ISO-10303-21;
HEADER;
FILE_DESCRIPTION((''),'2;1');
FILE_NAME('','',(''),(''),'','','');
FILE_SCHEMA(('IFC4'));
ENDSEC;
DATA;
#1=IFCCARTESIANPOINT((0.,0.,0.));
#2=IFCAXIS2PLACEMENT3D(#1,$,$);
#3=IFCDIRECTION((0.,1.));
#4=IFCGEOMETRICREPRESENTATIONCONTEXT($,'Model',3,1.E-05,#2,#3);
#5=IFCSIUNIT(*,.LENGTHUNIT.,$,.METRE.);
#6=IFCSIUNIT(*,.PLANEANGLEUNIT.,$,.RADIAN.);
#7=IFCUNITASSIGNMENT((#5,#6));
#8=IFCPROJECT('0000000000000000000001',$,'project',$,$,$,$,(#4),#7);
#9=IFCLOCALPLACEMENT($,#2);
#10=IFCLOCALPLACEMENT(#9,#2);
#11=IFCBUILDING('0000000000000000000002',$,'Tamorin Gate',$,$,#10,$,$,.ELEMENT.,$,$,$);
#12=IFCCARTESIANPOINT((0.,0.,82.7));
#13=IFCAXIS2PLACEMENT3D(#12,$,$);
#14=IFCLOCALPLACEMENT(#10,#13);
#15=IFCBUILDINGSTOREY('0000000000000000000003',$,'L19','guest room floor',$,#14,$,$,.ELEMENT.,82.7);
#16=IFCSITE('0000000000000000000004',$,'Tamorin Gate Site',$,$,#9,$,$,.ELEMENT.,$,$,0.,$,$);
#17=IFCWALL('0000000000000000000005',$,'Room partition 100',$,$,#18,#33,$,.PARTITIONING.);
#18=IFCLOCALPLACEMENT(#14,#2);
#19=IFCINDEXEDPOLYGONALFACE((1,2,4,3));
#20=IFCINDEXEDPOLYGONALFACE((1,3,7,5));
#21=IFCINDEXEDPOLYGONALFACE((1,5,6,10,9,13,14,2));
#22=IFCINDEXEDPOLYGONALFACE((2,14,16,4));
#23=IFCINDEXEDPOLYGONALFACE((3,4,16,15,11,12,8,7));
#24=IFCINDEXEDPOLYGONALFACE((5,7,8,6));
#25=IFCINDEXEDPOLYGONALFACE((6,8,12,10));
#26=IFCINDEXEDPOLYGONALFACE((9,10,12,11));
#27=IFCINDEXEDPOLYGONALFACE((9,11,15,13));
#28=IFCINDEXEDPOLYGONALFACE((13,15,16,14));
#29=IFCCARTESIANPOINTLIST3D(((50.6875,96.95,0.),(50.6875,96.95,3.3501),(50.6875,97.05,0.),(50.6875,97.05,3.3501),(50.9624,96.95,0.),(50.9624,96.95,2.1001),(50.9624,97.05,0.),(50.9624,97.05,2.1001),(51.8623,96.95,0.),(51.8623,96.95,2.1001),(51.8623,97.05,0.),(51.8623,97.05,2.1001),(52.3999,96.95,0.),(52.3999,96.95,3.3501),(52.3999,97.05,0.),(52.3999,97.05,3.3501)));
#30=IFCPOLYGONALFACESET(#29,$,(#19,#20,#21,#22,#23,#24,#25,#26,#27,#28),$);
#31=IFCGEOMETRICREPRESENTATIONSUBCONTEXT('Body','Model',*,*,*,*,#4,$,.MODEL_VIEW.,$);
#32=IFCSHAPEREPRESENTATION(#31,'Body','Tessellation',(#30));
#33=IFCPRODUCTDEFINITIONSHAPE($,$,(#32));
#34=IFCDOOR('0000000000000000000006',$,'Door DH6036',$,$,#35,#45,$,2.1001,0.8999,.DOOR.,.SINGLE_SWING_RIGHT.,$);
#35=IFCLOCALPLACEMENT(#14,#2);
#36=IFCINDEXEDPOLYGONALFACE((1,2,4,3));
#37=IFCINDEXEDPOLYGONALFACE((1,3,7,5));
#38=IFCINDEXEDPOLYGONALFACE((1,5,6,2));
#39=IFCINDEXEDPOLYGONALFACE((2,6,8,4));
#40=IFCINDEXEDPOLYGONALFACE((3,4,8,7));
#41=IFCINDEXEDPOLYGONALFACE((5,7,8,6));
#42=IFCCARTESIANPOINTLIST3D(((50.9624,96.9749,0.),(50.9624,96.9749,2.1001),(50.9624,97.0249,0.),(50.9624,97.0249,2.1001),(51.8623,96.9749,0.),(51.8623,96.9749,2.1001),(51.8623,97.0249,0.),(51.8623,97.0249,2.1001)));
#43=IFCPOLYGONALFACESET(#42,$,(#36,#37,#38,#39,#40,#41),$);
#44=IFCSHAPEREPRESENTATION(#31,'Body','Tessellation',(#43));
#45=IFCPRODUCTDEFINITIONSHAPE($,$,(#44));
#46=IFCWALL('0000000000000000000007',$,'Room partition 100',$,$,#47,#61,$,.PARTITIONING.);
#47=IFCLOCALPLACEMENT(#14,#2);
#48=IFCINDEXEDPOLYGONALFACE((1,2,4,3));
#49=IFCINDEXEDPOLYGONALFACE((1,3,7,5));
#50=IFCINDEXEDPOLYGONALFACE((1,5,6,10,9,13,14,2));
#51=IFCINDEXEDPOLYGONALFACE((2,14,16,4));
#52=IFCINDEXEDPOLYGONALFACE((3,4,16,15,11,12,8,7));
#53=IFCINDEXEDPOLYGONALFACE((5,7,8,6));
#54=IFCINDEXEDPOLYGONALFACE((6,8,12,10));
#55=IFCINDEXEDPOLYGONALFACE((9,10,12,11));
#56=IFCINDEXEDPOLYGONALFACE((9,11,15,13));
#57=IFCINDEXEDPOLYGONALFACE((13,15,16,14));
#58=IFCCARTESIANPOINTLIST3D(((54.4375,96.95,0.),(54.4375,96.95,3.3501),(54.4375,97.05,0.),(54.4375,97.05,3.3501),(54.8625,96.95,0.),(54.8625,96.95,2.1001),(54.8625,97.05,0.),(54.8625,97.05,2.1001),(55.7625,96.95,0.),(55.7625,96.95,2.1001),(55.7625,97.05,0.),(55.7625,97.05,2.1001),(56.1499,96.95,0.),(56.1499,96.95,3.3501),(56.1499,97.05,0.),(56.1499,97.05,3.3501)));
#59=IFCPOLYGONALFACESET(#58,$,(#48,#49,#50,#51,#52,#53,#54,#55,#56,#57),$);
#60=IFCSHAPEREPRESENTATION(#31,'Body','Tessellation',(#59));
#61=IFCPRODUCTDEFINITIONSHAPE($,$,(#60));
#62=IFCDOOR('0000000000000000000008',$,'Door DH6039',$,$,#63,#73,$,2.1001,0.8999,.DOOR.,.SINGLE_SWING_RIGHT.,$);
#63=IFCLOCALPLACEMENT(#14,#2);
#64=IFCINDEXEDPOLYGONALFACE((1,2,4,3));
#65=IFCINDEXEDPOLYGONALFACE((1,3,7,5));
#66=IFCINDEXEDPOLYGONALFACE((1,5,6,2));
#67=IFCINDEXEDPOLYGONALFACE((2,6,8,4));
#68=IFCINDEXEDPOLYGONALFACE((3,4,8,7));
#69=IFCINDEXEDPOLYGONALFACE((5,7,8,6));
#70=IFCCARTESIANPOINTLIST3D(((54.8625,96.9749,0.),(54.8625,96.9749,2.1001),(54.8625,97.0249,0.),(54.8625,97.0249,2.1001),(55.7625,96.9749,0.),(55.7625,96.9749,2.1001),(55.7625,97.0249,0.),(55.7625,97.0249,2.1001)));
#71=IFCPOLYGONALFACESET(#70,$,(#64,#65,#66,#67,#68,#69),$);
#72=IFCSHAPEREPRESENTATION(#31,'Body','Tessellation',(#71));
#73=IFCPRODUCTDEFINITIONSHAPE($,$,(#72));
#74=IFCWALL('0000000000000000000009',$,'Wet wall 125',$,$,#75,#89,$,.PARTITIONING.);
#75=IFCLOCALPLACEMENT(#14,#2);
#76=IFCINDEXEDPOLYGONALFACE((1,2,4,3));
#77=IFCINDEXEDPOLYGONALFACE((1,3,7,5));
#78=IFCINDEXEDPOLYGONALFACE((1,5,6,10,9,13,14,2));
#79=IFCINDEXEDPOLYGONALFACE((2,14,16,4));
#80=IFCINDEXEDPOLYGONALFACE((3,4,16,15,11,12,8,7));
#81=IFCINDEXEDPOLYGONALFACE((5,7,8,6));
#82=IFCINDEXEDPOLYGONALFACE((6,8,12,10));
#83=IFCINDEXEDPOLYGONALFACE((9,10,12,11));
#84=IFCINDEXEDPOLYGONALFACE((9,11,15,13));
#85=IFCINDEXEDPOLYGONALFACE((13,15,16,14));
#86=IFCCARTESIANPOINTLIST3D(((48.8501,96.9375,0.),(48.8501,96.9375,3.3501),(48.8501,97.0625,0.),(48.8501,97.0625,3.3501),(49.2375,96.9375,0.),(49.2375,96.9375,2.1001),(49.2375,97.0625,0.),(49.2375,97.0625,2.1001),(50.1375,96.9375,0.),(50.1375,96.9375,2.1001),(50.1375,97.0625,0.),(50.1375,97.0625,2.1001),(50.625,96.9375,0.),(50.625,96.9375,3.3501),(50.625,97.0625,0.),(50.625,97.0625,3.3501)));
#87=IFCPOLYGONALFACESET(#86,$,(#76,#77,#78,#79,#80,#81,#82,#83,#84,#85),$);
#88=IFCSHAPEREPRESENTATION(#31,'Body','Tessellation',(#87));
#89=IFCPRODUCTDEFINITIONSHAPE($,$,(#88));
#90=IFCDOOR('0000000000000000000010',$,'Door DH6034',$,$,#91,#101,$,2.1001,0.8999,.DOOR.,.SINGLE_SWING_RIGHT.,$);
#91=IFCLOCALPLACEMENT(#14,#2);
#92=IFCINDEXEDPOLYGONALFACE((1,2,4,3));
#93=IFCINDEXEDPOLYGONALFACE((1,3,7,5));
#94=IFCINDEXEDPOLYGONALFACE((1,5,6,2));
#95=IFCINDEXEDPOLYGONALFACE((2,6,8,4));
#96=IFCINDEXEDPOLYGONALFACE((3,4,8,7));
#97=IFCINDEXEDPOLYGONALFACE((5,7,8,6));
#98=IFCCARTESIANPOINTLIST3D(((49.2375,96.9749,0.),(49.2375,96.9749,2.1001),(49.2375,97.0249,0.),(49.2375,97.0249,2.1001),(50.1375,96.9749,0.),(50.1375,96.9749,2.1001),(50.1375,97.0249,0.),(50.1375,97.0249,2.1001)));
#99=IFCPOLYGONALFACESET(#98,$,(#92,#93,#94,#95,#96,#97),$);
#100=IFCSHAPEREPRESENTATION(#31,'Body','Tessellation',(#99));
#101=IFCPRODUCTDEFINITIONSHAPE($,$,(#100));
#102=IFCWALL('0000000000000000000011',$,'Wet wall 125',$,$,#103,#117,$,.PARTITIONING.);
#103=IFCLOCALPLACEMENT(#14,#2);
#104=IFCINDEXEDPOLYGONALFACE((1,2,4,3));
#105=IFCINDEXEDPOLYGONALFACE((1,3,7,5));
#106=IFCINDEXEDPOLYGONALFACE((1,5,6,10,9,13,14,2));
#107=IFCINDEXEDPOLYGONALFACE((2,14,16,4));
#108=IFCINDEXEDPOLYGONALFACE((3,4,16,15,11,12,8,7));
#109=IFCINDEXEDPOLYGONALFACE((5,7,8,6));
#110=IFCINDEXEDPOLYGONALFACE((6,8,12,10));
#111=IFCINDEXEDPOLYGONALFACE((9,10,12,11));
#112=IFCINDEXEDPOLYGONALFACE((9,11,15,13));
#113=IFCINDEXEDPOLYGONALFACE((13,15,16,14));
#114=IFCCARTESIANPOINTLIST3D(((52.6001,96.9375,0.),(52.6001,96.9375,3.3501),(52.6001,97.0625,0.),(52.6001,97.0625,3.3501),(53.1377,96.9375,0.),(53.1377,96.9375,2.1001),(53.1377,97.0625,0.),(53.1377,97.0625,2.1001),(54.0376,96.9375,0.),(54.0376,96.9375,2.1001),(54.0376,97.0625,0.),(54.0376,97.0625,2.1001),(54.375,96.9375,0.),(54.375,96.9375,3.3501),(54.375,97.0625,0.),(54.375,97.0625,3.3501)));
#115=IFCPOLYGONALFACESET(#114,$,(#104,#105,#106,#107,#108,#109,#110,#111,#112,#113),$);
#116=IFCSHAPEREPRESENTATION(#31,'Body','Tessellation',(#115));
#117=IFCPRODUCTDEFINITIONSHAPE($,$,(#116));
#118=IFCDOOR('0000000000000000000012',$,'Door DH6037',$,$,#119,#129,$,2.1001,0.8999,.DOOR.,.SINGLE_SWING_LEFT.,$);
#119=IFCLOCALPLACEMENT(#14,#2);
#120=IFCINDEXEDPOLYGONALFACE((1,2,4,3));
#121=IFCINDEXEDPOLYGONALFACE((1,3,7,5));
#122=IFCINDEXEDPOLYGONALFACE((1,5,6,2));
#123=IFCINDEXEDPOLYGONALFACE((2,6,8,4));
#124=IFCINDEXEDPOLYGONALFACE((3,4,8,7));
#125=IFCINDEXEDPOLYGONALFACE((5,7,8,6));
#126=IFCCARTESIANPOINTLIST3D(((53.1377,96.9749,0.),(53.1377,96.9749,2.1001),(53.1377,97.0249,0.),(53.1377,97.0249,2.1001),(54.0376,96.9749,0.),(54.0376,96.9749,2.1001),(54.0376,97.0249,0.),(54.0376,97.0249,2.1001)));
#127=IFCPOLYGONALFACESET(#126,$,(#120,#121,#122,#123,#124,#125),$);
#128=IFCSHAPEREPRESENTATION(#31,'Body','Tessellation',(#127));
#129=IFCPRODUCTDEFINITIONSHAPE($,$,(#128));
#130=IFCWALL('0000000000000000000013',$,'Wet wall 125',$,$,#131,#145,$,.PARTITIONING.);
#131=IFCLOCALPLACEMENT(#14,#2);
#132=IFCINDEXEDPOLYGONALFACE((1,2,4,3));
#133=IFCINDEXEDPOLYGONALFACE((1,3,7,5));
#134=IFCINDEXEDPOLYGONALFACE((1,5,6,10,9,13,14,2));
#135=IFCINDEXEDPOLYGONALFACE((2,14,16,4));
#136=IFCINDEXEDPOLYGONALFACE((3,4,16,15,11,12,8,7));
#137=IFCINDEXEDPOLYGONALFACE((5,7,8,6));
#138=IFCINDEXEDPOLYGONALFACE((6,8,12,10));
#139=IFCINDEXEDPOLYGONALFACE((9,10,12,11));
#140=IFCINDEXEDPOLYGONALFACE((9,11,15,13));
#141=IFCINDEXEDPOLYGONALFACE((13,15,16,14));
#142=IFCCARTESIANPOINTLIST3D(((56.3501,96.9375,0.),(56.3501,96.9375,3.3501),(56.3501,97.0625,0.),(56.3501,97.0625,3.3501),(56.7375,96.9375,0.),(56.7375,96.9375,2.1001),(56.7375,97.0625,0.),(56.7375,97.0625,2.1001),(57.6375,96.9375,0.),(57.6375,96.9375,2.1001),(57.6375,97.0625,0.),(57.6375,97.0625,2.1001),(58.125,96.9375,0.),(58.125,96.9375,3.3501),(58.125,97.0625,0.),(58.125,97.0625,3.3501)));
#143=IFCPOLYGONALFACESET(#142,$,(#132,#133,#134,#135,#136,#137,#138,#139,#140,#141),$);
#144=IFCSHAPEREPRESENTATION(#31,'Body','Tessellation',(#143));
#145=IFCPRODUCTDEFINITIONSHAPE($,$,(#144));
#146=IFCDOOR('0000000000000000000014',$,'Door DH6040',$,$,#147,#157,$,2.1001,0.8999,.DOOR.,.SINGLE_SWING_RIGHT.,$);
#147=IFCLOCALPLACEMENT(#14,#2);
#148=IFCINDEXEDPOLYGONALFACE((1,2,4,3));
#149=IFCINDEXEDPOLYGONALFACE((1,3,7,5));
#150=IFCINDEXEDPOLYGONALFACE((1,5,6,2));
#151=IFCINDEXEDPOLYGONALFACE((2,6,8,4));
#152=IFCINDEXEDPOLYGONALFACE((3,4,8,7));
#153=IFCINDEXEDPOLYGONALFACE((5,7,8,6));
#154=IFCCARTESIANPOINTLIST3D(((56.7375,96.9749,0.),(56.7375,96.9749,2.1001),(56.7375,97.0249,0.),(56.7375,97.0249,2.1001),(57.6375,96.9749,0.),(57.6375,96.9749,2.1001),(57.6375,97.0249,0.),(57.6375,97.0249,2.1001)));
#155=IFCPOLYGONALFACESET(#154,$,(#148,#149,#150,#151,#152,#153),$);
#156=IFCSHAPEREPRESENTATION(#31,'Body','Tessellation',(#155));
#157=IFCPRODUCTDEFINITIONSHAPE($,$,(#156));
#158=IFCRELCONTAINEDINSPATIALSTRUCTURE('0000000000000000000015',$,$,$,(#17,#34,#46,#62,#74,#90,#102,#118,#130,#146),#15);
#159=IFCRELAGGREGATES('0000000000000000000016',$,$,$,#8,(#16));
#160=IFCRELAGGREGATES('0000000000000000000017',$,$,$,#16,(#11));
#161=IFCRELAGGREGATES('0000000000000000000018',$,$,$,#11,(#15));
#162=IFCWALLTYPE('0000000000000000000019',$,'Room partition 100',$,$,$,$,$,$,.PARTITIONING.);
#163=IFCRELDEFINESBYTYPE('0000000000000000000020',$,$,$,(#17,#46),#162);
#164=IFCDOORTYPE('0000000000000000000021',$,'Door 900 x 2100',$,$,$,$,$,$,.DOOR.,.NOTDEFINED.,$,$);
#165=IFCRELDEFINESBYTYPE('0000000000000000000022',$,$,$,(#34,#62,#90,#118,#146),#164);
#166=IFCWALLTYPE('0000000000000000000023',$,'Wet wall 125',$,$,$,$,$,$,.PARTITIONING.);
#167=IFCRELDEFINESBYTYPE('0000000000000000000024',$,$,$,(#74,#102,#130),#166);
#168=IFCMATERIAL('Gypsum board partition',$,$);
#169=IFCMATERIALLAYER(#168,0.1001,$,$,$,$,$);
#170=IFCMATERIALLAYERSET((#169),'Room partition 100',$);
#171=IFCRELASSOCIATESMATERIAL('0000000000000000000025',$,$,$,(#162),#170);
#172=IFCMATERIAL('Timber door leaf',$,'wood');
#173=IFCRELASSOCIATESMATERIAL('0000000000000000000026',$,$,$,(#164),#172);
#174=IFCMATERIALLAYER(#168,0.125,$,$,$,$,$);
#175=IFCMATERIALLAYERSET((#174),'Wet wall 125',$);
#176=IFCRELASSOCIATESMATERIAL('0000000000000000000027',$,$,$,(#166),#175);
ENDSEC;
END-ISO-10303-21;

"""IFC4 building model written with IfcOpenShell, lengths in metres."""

from ifc_helpers import new_model, si_unit, direction, frame, frame_2d, origin, place, context, subcontext, project, spatial, rectangle, extrude, material, layer, layer_set, type_object, element, fill, save


model = new_model("IFC4")

# Units and contexts
model_context = context("Model", 3, precision=1e-05, world=origin(), true_north=direction((0.0, 1.0)))
body_context = subcontext(model_context, "Body", "Model", "MODEL_VIEW")
ifc_project = project(units=[si_unit("LENGTHUNIT", "METRE"), si_unit("PLANEANGLEUNIT", "RADIAN")], contexts=[model_context])

# Site, building, storey
site_placement = place(None, origin())
site = spatial("IfcSite", under=ifc_project, at=site_placement, Name="Tamorin Gate Site", CompositionType="ELEMENT", RefElevation=0.0)
building_placement = place(site_placement, origin())
building = spatial("IfcBuilding", under=site, at=building_placement, Name="Tamorin Gate", CompositionType="ELEMENT")
storey_placement = place(building_placement, frame((0.0, 0.0, 82.7)))
storey = spatial("IfcBuildingStorey", under=building, at=storey_placement, Name="L19", Description="guest room floor", CompositionType="ELEMENT", Elevation=82.7)

# Walls, openings, doors
ifc_material_1 = material(Name="Gypsum board partition")
ifc_layer_1 = layer(ifc_material_1, 0.1001)
ifc_layer_set_1 = layer_set([ifc_layer_1], Name="Room partition 100")
wall_type_1 = type_object("IfcWallType", Name="Room partition 100", PredefinedType="PARTITIONING", material=ifc_layer_set_1)
wall_1_placement = place(storey_placement, frame((50.6875, 97.0, 0.0), z_axis=(0.0, 0.0, 1.0), x_axis=(1.0, 0.0, 0.0)))
wall_1 = element("IfcWall", 1, at=wall_1_placement, inside=storey, type_object=wall_type_1, Name="Room partition 100", PredefinedType="PARTITIONING", context=body_context, shape_type="SweptSolid", body=[
    extrude(rectangle(XDim=1.7124, YDim=0.1001, at=frame_2d((0.8562, 0.0))), origin(), (0.0, 0.0, 1.0), 3.3501),
])
opening_1_placement = place(wall_1_placement, frame((0.2749, 0.0, 0.0)))
opening_1 = element("IfcOpeningElement", 2, at=opening_1_placement, cuts=wall_1, PredefinedType="OPENING", context=body_context, shape_type="SweptSolid", body=[
    extrude(rectangle(XDim=0.8999, YDim=2.1001, at=frame_2d((0.45, 1.05))), frame((0.0, 0.0601, 0.0), z_axis=(0.0, -1.0, 0.0), x_axis=(1.0, 0.0, 0.0)), (0.0, 0.0, 1.0), 0.1201),
])
ifc_material_2 = material(Name="Timber door leaf", Category="wood")
door_type = type_object("IfcDoorType", Name="Door 900 x 2100", OperationType="NOTDEFINED", PredefinedType="DOOR", material=ifc_material_2)
door_1_placement = place(opening_1_placement, origin())
door_1 = element("IfcDoor", 3, at=door_1_placement, inside=storey, type_object=door_type, Name="Door DH6036", OperationType="SINGLE_SWING_RIGHT", OverallHeight=2.1001, OverallWidth=0.8999, PredefinedType="DOOR", context=body_context, shape_type="SweptSolid", body=[
    extrude(rectangle(XDim=0.8999, YDim=2.1001, at=frame_2d((0.45, 1.05))), frame((0.0, 0.0249, 0.0), z_axis=(0.0, -1.0, 0.0), x_axis=(1.0, 0.0, 0.0)), (0.0, 0.0, 1.0), 0.05),
])
fill(opening_1, door_1)
wall_2_placement = place(storey_placement, frame((54.4375, 97.0, 0.0), z_axis=(0.0, 0.0, 1.0), x_axis=(1.0, 0.0, 0.0)))
wall_2 = element("IfcWall", 4, at=wall_2_placement, inside=storey, type_object=wall_type_1, Name="Room partition 100", PredefinedType="PARTITIONING", context=body_context, shape_type="SweptSolid", body=[
    extrude(rectangle(XDim=1.7124, YDim=0.1001, at=frame_2d((0.8562, 0.0))), origin(), (0.0, 0.0, 1.0), 3.3501),
])
opening_2_placement = place(wall_2_placement, frame((0.425, 0.0, 0.0)))
opening_2 = element("IfcOpeningElement", 5, at=opening_2_placement, cuts=wall_2, PredefinedType="OPENING", context=body_context, shape_type="SweptSolid", body=[
    extrude(rectangle(XDim=0.8999, YDim=2.1001, at=frame_2d((0.45, 1.05))), frame((0.0, 0.0601, 0.0), z_axis=(0.0, -1.0, 0.0), x_axis=(1.0, 0.0, 0.0)), (0.0, 0.0, 1.0), 0.1201),
])
door_2_placement = place(opening_2_placement, origin())
door_2 = element("IfcDoor", 6, at=door_2_placement, inside=storey, type_object=door_type, Name="Door DH6039", OperationType="SINGLE_SWING_RIGHT", OverallHeight=2.1001, OverallWidth=0.8999, PredefinedType="DOOR", context=body_context, shape_type="SweptSolid", body=[
    extrude(rectangle(XDim=0.8999, YDim=2.1001, at=frame_2d((0.45, 1.05))), frame((0.0, 0.0249, 0.0), z_axis=(0.0, -1.0, 0.0), x_axis=(1.0, 0.0, 0.0)), (0.0, 0.0, 1.0), 0.05),
])
fill(opening_2, door_2)
ifc_layer_2 = layer(ifc_material_1, 0.125)
ifc_layer_set_2 = layer_set([ifc_layer_2], Name="Wet wall 125")
wall_type_2 = type_object("IfcWallType", Name="Wet wall 125", PredefinedType="PARTITIONING", material=ifc_layer_set_2)
wall_3_placement = place(storey_placement, frame((48.8501, 97.0, 0.0), z_axis=(0.0, 0.0, 1.0), x_axis=(1.0, 0.0, 0.0)))
wall_3 = element("IfcWall", 7, at=wall_3_placement, inside=storey, type_object=wall_type_2, Name="Wet wall 125", PredefinedType="PARTITIONING", context=body_context, shape_type="SweptSolid", body=[
    extrude(rectangle(XDim=1.7749, YDim=0.125, at=frame_2d((0.8875, 0.0))), origin(), (0.0, 0.0, 1.0), 3.3501),
])
opening_3_placement = place(wall_3_placement, frame((0.3875, 0.0, 0.0)))
opening_3 = element("IfcOpeningElement", 8, at=opening_3_placement, cuts=wall_3, PredefinedType="OPENING", context=body_context, shape_type="SweptSolid", body=[
    extrude(rectangle(XDim=0.8999, YDim=2.1001, at=frame_2d((0.45, 1.05))), frame((0.0, 0.0725, 0.0), z_axis=(0.0, -1.0, 0.0), x_axis=(1.0, 0.0, 0.0)), (0.0, 0.0, 1.0), 0.145),
])
door_3_placement = place(opening_3_placement, origin())
door_3 = element("IfcDoor", 9, at=door_3_placement, inside=storey, type_object=door_type, Name="Door DH6034", OperationType="SINGLE_SWING_RIGHT", OverallHeight=2.1001, OverallWidth=0.8999, PredefinedType="DOOR", context=body_context, shape_type="SweptSolid", body=[
    extrude(rectangle(XDim=0.8999, YDim=2.1001, at=frame_2d((0.45, 1.05))), frame((0.0, 0.0249, 0.0), z_axis=(0.0, -1.0, 0.0), x_axis=(1.0, 0.0, 0.0)), (0.0, 0.0, 1.0), 0.05),
])
fill(opening_3, door_3)
wall_4_placement = place(storey_placement, frame((52.6001, 97.0, 0.0), z_axis=(0.0, 0.0, 1.0), x_axis=(1.0, 0.0, 0.0)))
wall_4 = element("IfcWall", 10, at=wall_4_placement, inside=storey, type_object=wall_type_2, Name="Wet wall 125", PredefinedType="PARTITIONING", context=body_context, shape_type="SweptSolid", body=[
    extrude(rectangle(XDim=1.7749, YDim=0.125, at=frame_2d((0.8875, 0.0))), origin(), (0.0, 0.0, 1.0), 3.3501),
])
opening_4_placement = place(wall_4_placement, frame((0.5376, 0.0, 0.0)))
opening_4 = element("IfcOpeningElement", 11, at=opening_4_placement, cuts=wall_4, PredefinedType="OPENING", context=body_context, shape_type="SweptSolid", body=[
    extrude(rectangle(XDim=0.8999, YDim=2.1001, at=frame_2d((0.45, 1.05))), frame((0.0, 0.0725, 0.0), z_axis=(0.0, -1.0, 0.0), x_axis=(1.0, 0.0, 0.0)), (0.0, 0.0, 1.0), 0.145),
])
door_4_placement = place(opening_4_placement, origin())
door_4 = element("IfcDoor", 12, at=door_4_placement, inside=storey, type_object=door_type, Name="Door DH6037", OperationType="SINGLE_SWING_LEFT", OverallHeight=2.1001, OverallWidth=0.8999, PredefinedType="DOOR", context=body_context, shape_type="SweptSolid", body=[
    extrude(rectangle(XDim=0.8999, YDim=2.1001, at=frame_2d((0.45, 1.05))), frame((0.0, 0.0249, 0.0), z_axis=(0.0, -1.0, 0.0), x_axis=(1.0, 0.0, 0.0)), (0.0, 0.0, 1.0), 0.05),
])
fill(opening_4, door_4)
wall_5_placement = place(storey_placement, frame((56.3501, 97.0, 0.0), z_axis=(0.0, 0.0, 1.0), x_axis=(1.0, 0.0, 0.0)))
wall_5 = element("IfcWall", 13, at=wall_5_placement, inside=storey, type_object=wall_type_2, Name="Wet wall 125", PredefinedType="PARTITIONING", context=body_context, shape_type="SweptSolid", body=[
    extrude(rectangle(XDim=1.7749, YDim=0.125, at=frame_2d((0.8875, 0.0))), origin(), (0.0, 0.0, 1.0), 3.3501),
])
opening_5_placement = place(wall_5_placement, frame((0.3875, 0.0, 0.0)))
opening_5 = element("IfcOpeningElement", 14, at=opening_5_placement, cuts=wall_5, PredefinedType="OPENING", context=body_context, shape_type="SweptSolid", body=[
    extrude(rectangle(XDim=0.8999, YDim=2.1001, at=frame_2d((0.45, 1.05))), frame((0.0, 0.0725, 0.0), z_axis=(0.0, -1.0, 0.0), x_axis=(1.0, 0.0, 0.0)), (0.0, 0.0, 1.0), 0.145),
])
door_5_placement = place(opening_5_placement, origin())
door_5 = element("IfcDoor", 15, at=door_5_placement, inside=storey, type_object=door_type, Name="Door DH6040", OperationType="SINGLE_SWING_RIGHT", OverallHeight=2.1001, OverallWidth=0.8999, PredefinedType="DOOR", context=body_context, shape_type="SweptSolid", body=[
    extrude(rectangle(XDim=0.8999, YDim=2.1001, at=frame_2d((0.45, 1.05))), frame((0.0, 0.0249, 0.0), z_axis=(0.0, -1.0, 0.0), x_axis=(1.0, 0.0, 0.0)), (0.0, 0.0, 1.0), 0.05),
])
fill(opening_5, door_5)

save(model, "model.ifc")
